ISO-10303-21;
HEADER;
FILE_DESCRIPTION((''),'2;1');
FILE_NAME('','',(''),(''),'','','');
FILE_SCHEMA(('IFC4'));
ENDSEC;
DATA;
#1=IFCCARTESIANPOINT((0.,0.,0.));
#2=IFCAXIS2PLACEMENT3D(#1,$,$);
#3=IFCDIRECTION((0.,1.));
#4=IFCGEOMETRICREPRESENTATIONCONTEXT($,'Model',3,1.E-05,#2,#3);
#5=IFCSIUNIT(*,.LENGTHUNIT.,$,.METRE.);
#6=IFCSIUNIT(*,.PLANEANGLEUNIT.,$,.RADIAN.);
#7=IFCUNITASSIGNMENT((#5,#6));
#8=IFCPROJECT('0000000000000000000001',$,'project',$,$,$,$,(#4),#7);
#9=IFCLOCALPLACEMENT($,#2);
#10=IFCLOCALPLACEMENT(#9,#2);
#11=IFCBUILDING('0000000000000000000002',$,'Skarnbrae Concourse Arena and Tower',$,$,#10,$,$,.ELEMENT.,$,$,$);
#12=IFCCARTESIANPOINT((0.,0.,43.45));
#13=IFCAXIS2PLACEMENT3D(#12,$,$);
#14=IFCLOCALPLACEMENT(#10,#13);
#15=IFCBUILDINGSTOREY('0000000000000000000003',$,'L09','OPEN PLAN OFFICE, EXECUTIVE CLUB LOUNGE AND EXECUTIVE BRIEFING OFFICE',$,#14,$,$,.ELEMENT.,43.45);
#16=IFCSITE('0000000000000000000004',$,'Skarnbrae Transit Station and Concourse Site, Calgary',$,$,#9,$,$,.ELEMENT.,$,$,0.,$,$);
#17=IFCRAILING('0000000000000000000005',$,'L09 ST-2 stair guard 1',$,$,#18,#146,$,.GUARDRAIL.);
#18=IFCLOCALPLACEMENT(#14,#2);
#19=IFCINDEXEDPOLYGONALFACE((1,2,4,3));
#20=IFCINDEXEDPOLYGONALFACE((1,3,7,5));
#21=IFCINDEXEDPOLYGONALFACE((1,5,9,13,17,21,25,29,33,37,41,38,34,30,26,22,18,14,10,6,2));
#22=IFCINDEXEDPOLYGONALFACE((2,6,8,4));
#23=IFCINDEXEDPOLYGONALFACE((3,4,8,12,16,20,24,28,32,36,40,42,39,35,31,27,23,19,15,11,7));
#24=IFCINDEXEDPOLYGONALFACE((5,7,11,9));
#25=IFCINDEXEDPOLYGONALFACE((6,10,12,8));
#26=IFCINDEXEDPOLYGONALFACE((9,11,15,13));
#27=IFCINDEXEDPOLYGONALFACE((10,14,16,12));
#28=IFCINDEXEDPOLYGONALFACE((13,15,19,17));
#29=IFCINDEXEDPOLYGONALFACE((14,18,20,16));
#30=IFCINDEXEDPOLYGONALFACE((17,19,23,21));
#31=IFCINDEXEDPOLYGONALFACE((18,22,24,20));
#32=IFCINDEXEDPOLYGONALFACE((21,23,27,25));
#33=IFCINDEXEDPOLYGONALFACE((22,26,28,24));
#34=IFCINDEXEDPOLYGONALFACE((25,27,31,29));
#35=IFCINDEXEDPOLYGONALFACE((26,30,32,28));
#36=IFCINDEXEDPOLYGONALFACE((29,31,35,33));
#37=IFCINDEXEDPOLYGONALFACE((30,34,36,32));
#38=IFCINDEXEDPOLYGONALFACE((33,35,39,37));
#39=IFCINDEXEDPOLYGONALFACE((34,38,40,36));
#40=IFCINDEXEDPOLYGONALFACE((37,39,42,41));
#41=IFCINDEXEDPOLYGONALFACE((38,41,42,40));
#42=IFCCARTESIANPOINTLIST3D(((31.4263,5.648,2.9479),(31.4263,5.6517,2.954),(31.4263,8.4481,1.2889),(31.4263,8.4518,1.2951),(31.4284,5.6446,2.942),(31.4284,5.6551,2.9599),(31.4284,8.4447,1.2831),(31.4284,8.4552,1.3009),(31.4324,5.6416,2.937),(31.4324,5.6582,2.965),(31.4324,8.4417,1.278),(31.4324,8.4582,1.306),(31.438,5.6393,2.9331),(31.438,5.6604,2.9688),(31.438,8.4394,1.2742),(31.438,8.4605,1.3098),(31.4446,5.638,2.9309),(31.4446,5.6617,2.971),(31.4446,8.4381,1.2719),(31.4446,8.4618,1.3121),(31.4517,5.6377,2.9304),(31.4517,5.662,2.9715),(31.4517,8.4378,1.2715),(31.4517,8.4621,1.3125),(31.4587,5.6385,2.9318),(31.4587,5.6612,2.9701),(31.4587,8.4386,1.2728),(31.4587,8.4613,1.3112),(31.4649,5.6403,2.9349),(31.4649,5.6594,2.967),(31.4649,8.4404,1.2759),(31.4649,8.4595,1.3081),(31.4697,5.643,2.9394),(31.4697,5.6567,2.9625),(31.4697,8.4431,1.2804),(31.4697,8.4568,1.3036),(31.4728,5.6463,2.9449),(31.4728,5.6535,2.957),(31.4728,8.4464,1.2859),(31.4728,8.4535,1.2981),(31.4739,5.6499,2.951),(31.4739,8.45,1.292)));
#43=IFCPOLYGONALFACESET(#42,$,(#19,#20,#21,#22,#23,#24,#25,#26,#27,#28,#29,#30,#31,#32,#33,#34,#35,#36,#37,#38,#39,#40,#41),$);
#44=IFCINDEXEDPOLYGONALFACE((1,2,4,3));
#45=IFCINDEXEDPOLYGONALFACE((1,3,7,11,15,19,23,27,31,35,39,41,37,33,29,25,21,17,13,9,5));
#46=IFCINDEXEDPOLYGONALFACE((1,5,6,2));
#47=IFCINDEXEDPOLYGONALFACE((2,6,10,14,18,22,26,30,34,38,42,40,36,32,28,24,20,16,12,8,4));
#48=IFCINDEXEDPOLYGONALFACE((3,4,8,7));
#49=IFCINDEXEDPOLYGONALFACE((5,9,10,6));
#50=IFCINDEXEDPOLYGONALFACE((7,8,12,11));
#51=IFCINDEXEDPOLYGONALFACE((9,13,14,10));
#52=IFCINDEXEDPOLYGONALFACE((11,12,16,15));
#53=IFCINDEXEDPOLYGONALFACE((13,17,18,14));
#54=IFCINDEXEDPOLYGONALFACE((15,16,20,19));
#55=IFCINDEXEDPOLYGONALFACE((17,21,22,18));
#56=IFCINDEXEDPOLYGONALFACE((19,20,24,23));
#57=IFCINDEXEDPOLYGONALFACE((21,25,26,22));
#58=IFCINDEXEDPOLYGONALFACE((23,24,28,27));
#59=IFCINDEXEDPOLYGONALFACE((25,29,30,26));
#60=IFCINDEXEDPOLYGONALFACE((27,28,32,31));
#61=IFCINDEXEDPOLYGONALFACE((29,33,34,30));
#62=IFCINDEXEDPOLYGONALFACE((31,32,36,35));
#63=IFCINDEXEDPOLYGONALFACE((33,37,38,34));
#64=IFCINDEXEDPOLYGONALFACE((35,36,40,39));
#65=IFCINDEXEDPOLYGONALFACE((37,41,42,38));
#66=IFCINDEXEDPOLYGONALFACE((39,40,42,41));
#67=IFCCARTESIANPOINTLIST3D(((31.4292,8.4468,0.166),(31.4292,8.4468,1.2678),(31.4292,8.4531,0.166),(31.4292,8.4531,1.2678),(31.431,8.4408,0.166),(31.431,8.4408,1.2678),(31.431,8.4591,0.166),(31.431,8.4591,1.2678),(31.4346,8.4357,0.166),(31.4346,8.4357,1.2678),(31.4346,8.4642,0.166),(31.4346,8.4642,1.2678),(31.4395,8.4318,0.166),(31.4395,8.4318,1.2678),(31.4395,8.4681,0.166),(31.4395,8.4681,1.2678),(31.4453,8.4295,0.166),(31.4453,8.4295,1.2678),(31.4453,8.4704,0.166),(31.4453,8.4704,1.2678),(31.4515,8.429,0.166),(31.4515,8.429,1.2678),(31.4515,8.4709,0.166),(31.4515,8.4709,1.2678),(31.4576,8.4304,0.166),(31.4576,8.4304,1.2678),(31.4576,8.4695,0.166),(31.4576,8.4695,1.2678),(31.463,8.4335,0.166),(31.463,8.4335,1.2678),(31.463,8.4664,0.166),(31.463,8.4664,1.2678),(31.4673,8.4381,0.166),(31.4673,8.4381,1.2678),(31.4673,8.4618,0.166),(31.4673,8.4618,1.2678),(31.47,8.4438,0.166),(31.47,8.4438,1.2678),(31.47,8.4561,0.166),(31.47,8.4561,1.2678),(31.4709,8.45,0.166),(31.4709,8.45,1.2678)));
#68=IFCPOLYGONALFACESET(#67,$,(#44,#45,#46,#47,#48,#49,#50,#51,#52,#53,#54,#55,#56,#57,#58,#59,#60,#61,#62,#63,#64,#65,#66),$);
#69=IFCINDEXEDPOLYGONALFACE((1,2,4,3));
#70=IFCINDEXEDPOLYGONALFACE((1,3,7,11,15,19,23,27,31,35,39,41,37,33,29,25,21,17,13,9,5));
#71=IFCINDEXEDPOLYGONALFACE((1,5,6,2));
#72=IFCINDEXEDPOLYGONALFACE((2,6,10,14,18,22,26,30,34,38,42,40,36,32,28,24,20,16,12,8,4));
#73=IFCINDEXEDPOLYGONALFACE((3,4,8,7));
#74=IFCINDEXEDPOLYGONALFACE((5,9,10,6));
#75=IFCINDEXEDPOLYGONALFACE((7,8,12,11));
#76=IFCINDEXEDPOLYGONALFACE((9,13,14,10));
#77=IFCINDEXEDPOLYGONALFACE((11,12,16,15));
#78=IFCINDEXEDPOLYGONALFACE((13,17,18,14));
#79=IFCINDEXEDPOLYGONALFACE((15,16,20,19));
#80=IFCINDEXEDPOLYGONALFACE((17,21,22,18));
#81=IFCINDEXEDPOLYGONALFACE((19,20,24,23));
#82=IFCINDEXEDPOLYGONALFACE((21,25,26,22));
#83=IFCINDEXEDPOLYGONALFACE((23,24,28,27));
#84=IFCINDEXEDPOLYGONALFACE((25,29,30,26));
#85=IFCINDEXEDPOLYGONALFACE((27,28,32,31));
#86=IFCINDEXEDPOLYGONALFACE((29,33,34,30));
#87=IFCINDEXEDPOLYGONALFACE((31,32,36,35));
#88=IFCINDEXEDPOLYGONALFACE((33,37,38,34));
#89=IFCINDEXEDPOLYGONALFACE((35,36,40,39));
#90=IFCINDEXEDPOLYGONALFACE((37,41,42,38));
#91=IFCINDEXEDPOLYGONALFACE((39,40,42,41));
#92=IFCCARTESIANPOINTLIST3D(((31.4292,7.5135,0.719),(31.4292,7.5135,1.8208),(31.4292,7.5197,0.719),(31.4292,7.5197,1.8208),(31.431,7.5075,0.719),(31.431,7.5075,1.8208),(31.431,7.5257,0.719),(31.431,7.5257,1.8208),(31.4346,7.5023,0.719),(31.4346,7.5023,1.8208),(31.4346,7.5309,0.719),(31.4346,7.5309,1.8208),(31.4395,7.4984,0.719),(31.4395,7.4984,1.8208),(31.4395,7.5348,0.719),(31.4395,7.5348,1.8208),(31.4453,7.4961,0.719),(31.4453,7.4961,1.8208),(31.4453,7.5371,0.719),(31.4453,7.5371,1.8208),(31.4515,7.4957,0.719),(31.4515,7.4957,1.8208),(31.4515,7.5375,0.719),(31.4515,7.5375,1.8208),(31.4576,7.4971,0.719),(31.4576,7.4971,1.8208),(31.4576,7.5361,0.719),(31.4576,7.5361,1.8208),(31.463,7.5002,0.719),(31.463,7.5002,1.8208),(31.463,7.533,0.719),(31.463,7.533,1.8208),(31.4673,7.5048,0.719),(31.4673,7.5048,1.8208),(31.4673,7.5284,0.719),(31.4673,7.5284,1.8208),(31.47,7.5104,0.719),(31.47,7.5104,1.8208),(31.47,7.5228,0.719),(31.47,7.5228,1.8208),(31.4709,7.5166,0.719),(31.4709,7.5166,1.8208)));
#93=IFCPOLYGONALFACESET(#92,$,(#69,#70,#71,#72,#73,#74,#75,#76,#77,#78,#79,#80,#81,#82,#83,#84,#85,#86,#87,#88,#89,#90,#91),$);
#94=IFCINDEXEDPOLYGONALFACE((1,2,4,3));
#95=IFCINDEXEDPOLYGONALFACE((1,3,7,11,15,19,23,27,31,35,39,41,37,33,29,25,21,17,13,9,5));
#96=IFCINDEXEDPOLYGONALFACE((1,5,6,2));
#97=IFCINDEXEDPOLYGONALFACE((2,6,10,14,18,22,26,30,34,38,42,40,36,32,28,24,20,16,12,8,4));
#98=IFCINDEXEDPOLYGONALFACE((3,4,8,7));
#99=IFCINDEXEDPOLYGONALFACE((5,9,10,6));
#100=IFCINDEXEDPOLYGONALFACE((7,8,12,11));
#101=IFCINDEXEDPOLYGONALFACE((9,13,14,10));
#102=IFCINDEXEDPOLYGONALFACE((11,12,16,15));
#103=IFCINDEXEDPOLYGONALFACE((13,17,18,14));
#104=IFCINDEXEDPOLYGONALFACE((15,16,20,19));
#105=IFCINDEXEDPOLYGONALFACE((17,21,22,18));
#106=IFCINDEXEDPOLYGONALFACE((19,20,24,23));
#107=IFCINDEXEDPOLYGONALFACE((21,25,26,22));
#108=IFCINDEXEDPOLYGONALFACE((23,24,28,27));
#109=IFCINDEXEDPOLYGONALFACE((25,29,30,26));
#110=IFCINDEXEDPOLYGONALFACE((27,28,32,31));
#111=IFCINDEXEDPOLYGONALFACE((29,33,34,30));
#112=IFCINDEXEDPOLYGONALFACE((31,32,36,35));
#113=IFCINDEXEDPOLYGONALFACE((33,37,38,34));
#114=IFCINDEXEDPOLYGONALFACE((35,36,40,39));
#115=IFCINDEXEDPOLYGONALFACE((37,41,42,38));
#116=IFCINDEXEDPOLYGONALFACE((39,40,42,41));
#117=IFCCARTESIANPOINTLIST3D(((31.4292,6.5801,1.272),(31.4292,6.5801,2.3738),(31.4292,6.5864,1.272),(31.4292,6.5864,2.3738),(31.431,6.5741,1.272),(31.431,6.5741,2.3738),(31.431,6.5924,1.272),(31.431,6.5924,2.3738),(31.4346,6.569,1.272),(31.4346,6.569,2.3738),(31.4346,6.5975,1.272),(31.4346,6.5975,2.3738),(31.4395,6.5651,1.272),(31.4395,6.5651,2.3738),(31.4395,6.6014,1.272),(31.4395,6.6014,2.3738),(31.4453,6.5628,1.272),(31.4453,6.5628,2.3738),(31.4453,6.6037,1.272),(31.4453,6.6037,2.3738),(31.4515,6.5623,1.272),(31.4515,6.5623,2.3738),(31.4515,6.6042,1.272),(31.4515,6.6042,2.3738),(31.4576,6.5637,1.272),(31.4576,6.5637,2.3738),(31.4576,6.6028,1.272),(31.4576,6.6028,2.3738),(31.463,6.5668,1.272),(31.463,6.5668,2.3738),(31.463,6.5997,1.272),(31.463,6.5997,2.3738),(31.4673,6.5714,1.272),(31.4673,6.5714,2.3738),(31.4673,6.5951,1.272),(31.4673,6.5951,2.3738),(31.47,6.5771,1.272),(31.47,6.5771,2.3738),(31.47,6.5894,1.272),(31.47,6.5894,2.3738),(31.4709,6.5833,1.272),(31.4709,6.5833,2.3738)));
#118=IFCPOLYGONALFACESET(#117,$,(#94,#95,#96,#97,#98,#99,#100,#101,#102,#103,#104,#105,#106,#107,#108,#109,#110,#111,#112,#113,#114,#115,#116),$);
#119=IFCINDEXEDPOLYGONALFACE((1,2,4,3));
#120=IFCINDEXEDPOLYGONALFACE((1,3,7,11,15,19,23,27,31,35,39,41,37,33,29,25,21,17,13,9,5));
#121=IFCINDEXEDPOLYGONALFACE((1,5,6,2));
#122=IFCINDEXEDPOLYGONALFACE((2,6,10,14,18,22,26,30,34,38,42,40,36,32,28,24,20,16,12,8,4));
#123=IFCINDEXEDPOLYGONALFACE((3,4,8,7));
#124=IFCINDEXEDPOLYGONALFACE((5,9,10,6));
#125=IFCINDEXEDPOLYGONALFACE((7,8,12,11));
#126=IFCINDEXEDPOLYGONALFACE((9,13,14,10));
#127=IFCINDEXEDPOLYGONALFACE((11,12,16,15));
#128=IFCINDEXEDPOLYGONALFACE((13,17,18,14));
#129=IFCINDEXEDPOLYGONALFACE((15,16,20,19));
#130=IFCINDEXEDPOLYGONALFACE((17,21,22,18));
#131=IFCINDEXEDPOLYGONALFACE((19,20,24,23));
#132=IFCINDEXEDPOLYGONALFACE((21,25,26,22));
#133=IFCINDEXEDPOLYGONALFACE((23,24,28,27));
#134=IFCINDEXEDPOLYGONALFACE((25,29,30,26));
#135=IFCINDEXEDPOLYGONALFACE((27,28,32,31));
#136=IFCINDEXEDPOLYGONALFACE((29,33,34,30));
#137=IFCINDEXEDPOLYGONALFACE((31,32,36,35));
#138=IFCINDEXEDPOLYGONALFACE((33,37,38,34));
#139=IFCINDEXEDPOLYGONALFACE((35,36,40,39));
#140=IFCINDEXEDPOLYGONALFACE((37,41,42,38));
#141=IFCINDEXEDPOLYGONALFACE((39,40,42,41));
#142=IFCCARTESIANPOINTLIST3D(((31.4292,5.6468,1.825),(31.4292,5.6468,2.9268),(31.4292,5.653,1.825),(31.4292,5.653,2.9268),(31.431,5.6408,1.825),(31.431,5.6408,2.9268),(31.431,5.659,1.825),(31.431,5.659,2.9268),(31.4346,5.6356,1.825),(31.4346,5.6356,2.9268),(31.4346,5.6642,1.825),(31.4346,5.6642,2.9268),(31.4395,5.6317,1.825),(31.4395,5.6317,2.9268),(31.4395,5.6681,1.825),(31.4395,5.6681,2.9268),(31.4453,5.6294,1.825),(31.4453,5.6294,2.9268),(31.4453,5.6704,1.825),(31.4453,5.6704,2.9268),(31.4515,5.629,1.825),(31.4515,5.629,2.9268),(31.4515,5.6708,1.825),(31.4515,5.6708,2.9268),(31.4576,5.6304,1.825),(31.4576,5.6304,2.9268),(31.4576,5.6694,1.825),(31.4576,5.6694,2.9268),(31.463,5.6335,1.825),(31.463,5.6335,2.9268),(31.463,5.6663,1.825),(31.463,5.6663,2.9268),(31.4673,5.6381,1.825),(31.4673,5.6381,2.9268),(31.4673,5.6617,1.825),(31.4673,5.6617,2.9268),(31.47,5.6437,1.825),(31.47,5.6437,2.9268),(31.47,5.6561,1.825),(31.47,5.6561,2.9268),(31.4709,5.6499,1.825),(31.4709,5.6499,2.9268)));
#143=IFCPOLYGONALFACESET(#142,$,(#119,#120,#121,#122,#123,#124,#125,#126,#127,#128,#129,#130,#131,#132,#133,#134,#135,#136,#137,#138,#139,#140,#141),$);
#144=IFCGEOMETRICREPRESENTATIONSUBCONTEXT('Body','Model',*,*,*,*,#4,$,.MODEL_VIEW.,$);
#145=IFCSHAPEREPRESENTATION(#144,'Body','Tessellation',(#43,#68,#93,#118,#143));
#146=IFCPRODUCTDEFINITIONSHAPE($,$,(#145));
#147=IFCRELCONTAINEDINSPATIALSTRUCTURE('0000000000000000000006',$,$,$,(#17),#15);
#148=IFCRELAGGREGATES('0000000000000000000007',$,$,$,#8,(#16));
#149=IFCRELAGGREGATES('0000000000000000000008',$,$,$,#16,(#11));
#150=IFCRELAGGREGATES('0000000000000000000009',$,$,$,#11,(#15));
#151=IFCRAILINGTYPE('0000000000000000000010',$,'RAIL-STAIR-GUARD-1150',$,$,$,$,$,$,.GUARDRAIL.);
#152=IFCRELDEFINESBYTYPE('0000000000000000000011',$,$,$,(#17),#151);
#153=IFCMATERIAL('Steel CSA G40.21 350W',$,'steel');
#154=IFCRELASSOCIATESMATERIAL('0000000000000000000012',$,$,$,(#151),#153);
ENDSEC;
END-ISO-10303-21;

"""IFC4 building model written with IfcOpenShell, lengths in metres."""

from ifc_helpers import new_model, si_unit, direction, frame, origin, origin_2d, place, context, subcontext, project, spatial, circle, extrude, material, type_object, element, save


model = new_model("IFC4")

# Units and contexts
model_context = context("Model", 3, precision=1e-05, world=origin(), true_north=direction((0.0, 1.0)))
body_context = subcontext(model_context, "Body", "Model", "MODEL_VIEW")
ifc_project = project(units=[si_unit("LENGTHUNIT", "METRE"), si_unit("PLANEANGLEUNIT", "RADIAN")], contexts=[model_context])

# Site, building, storey
site_placement = place(None, origin())
site = spatial("IfcSite", under=ifc_project, at=site_placement, Name="Skarnbrae Transit Station and Concourse Site, Calgary", CompositionType="ELEMENT", RefElevation=0.0)
building_placement = place(site_placement, origin())
building = spatial("IfcBuilding", under=site, at=building_placement, Name="Skarnbrae Concourse Arena and Tower", CompositionType="ELEMENT")
storey_placement = place(building_placement, frame((0.0, 0.0, 43.45)))
storey = spatial("IfcBuildingStorey", under=building, at=storey_placement, Name="L09", Description="OPEN PLAN OFFICE, EXECUTIVE CLUB LOUNGE AND EXECUTIVE BRIEFING OFFICE", CompositionType="ELEMENT", Elevation=43.45)

# Shared definitions
ifc_material_1 = material(Name="Steel CSA G40.21 350W", Category="steel")

# Railing
railing_type_1 = type_object("IfcRailingType", Name="RAIL-STAIR-GUARD-1150", PredefinedType="GUARDRAIL", material=ifc_material_1)
railing_1_placement = place(storey_placement, frame((31.45, 8.45, 0.166)))
element("IfcRailing", 1, at=railing_1_placement, inside=storey, type_object=railing_type_1, Name="L09 ST-2 stair guard 1", PredefinedType="GUARDRAIL", context=body_context, shape_type="SweptSolid", body=[
    extrude(circle(Radius=0.0239, at=origin_2d()), frame((0.0, 0.0, 1.126), z_axis=(0.0, -0.860339, 0.509722), x_axis=(1.0, 0.0, 0.0)), (0.0, 0.0, 1.0), 3.2546),
    extrude(circle(Radius=0.021, at=origin_2d()), origin(), (0.0, 0.0, 1.0), 1.1018),
    extrude(circle(Radius=0.021, at=origin_2d()), frame((0.0, -0.9333, 0.553)), (0.0, 0.0, 1.0), 1.1018),
    extrude(circle(Radius=0.021, at=origin_2d()), frame((0.0, -1.8667, 1.106)), (0.0, 0.0, 1.0), 1.1018),
    extrude(circle(Radius=0.021, at=origin_2d()), frame((0.0, -2.8, 1.6589)), (0.0, 0.0, 1.0), 1.1018),
])

save(model, "model.ifc")
